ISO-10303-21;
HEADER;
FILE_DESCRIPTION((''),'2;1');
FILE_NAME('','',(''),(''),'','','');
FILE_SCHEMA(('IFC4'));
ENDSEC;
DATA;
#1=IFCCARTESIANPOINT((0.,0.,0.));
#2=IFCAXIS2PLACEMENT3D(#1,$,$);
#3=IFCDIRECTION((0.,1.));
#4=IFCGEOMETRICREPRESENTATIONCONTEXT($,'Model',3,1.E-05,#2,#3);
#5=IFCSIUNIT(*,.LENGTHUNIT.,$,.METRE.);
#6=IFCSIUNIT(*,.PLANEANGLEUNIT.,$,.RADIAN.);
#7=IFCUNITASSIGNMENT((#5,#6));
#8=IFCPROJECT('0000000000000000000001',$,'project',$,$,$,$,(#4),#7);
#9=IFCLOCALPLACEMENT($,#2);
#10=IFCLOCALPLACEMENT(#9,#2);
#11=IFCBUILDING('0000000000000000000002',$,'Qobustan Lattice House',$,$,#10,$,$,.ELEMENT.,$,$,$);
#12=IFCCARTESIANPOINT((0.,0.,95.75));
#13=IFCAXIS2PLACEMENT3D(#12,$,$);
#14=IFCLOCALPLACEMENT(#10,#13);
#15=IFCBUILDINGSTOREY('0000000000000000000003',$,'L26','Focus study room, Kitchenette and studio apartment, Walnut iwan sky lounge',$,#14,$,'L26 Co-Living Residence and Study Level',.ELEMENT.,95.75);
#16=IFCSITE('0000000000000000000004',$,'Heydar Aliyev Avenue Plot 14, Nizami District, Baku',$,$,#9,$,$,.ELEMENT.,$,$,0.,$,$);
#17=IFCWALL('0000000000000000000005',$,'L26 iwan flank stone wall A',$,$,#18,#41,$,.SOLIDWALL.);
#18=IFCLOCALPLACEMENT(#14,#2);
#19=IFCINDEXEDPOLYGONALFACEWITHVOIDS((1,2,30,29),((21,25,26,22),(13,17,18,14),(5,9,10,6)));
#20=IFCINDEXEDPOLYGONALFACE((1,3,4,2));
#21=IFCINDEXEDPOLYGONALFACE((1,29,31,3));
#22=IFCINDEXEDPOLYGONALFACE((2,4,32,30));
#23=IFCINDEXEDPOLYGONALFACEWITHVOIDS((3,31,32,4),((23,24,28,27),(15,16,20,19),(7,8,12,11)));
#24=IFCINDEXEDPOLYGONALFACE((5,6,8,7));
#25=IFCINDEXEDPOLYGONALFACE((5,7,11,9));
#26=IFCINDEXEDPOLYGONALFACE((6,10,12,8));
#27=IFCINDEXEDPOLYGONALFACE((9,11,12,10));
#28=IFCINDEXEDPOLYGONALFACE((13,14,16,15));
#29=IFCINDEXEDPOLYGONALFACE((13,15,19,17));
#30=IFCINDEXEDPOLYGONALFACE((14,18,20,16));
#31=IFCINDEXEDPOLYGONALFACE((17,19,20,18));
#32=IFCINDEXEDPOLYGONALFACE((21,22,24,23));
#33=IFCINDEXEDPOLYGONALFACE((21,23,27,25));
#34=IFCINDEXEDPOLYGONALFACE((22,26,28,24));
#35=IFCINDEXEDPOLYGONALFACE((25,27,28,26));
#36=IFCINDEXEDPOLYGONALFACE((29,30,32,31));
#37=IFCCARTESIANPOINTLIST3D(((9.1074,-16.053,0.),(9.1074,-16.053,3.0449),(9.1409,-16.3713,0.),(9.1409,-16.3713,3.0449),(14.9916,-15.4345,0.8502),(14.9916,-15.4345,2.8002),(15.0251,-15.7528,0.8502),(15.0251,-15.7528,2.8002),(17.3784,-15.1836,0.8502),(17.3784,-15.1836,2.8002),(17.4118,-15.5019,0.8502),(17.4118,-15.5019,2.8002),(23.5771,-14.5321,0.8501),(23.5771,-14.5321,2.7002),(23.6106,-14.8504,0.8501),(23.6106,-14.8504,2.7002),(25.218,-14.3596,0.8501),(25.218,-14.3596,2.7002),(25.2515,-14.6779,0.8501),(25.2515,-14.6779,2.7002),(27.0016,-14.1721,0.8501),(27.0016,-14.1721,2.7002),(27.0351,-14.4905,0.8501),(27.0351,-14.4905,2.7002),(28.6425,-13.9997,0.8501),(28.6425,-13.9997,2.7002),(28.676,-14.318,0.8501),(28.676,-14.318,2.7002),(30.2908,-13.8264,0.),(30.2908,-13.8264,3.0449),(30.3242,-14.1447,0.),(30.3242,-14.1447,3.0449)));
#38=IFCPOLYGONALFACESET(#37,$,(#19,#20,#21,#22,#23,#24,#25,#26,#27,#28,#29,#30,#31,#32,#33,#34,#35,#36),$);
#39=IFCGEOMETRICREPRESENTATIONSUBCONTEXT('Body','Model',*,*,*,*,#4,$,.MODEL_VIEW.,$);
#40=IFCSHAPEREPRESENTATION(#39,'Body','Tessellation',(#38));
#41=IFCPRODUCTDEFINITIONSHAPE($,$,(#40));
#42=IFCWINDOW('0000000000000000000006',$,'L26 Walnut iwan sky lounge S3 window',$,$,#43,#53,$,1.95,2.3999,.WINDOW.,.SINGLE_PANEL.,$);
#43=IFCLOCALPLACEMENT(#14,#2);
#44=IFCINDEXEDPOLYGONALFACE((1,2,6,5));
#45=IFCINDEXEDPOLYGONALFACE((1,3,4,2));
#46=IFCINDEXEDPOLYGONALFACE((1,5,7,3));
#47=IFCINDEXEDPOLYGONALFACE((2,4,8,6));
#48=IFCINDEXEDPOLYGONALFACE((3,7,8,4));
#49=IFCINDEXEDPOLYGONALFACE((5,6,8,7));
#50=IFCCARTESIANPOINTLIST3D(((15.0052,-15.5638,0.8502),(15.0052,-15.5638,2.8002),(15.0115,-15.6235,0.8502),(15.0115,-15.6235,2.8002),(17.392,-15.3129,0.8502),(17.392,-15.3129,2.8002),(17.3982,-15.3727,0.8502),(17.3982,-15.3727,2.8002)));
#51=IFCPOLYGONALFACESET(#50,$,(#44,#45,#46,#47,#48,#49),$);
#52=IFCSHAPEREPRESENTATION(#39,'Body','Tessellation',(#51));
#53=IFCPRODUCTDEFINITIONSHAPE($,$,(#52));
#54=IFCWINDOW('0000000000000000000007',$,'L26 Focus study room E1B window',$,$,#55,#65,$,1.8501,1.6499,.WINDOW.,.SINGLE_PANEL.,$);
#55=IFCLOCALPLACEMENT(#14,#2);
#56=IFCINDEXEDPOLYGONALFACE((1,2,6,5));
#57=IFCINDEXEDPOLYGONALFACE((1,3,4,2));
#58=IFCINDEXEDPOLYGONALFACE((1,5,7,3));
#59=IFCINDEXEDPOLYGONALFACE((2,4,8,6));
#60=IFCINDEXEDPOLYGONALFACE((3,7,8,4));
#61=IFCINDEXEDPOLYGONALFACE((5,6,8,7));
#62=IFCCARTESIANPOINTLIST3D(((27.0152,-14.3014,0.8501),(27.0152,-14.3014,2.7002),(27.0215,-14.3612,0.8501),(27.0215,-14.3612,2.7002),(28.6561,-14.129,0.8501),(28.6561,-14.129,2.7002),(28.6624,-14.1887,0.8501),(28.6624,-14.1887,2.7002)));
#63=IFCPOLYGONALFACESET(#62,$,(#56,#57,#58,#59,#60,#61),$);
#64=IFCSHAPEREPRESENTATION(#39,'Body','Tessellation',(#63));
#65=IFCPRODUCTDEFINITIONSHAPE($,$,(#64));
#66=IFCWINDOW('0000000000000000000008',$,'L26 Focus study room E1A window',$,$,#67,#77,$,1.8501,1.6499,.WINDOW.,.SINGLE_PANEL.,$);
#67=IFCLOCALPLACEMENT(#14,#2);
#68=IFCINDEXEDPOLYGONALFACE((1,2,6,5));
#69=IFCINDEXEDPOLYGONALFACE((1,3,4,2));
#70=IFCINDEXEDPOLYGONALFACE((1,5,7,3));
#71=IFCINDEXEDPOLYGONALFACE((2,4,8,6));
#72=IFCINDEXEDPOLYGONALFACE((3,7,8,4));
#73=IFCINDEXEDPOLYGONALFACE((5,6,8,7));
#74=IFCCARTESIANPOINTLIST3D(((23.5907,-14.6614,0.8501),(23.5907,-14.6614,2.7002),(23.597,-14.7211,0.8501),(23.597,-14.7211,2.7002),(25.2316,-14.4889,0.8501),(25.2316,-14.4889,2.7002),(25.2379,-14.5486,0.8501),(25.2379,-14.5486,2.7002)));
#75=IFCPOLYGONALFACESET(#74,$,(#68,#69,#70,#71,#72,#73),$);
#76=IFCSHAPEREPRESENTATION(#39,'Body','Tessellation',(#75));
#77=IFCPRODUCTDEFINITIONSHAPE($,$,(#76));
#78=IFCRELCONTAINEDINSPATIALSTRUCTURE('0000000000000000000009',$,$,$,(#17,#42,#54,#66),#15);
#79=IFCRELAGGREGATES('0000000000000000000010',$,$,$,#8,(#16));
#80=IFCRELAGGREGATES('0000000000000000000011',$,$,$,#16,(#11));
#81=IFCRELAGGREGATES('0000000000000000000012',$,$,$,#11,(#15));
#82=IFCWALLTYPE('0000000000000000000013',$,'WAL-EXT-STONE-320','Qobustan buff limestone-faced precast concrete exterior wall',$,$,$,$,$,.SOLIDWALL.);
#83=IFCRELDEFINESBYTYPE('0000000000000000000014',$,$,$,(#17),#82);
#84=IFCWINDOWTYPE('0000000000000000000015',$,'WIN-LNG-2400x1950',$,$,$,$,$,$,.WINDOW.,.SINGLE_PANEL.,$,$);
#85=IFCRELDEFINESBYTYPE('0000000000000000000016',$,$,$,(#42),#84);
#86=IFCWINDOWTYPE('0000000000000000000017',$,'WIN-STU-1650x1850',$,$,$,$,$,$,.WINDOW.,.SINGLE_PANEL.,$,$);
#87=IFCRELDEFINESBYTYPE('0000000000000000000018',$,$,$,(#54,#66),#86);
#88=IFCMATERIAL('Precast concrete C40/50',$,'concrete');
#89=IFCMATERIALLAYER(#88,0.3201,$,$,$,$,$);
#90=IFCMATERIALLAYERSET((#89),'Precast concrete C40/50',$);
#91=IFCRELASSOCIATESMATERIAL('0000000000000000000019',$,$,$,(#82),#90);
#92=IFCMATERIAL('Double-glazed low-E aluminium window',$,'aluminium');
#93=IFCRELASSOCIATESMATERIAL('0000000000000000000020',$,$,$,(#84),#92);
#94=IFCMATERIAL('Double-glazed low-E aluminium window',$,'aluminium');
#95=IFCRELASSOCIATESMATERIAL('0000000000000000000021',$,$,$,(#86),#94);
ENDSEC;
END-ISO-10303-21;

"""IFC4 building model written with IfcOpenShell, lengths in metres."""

from ifc_helpers import new_model, si_unit, direction, frame, frame_2d, origin, place, context, subcontext, project, spatial, rectangle, extrude, material, layer, layer_set, type_object, element, fill, save


model = new_model("IFC4")

# Units and contexts
model_context = context("Model", 3, precision=1e-05, world=origin(), true_north=direction((0.0, 1.0)))
body_context = subcontext(model_context, "Body", "Model", "MODEL_VIEW")
ifc_project = project(units=[si_unit("LENGTHUNIT", "METRE"), si_unit("PLANEANGLEUNIT", "RADIAN")], contexts=[model_context])

# Site, building, storey
site_placement = place(None, origin())
site = spatial("IfcSite", under=ifc_project, at=site_placement, Name="Heydar Aliyev Avenue Plot 14, Nizami District, Baku", CompositionType="ELEMENT", RefElevation=0.0)
building_placement = place(site_placement, origin())
building = spatial("IfcBuilding", under=site, at=building_placement, Name="Qobustan Lattice House", CompositionType="ELEMENT")
storey_placement = place(building_placement, frame((0.0, 0.0, 95.75)))
storey = spatial("IfcBuildingStorey", under=building, at=storey_placement, Name="L26", Description="Focus study room, Kitchenette and studio apartment, Walnut iwan sky lounge", LongName="L26 Co-Living Residence and Study Level", CompositionType="ELEMENT", Elevation=95.75)

# Shared definitions
ifc_material_1 = material(Name="Precast concrete C40/50", Category="concrete")
ifc_layer_1 = layer(ifc_material_1, 0.3201)
ifc_layer_set_1 = layer_set([ifc_layer_1], Name="Precast concrete C40/50")
wall_type = type_object("IfcWallType", Name="WAL-EXT-STONE-320", Description="Qobustan buff limestone-faced precast concrete exterior wall", PredefinedType="SOLIDWALL", material=ifc_layer_set_1)

# Wall, openings, windows
wall_1_placement = place(storey_placement, frame((30.3074, -13.9856, 0.0), z_axis=(0.0, 0.0, 1.0), x_axis=(-0.994521, -0.104533, 0.0)))
wall_1 = element("IfcWall", 1, at=wall_1_placement, inside=storey, type_object=wall_type, Name="L26 iwan flank stone wall A", PredefinedType="SOLIDWALL", context=body_context, shape_type="SweptSolid", body=[
    extrude(rectangle(XDim=21.3, YDim=0.3201, at=frame_2d((10.6499, 0.0))), origin(), (0.0, 0.0, 1.0), 3.0449),
])
opening_1_placement = place(wall_1_placement, frame((1.6572, 0.0, 0.8501)))
opening_1 = element("IfcOpeningElement", 2, at=opening_1_placement, cuts=wall_1, PredefinedType="OPENING", context=body_context, shape_type="SweptSolid", body=[
    extrude(rectangle(XDim=1.6499, YDim=1.8501, at=frame_2d((0.825, 0.925))), frame((0.0, 0.1699, 0.0), z_axis=(0.0, -1.0, 0.0), x_axis=(1.0, 0.0, 0.0)), (0.0, 0.0, 1.0), 0.3401),
])
opening_2_placement = place(wall_1_placement, frame((5.1006, 0.0, 0.8501)))
opening_2 = element("IfcOpeningElement", 3, at=opening_2_placement, cuts=wall_1, PredefinedType="OPENING", context=body_context, shape_type="SweptSolid", body=[
    extrude(rectangle(XDim=1.6499, YDim=1.8501, at=frame_2d((0.825, 0.925))), frame((0.0, 0.1699, 0.0), z_axis=(0.0, -1.0, 0.0), x_axis=(1.0, 0.0, 0.0)), (0.0, 0.0, 1.0), 0.3401),
])
opening_3_placement = place(wall_1_placement, frame((12.9834, 0.0, 0.8501)))
opening_3 = element("IfcOpeningElement", 4, at=opening_3_placement, cuts=wall_1, PredefinedType="OPENING", context=body_context, shape_type="SweptSolid", body=[
    extrude(rectangle(XDim=2.3999, YDim=1.95, at=frame_2d((1.2, 0.9751))), frame((0.0, 0.1699, 0.0), z_axis=(0.0, -1.0, 0.0), x_axis=(1.0, 0.0, 0.0)), (0.0, 0.0, 1.0), 0.3401),
])
ifc_material_2 = material(Name="Double-glazed low-E aluminium window", Category="aluminium")
window_type_1 = type_object("IfcWindowType", Name="WIN-LNG-2400x1950", PartitioningType="SINGLE_PANEL", PredefinedType="WINDOW", material=ifc_material_2)
window_1_placement = place(opening_3_placement, origin())
window_1 = element("IfcWindow", 5, at=window_1_placement, inside=storey, type_object=window_type_1, Name="L26 Walnut iwan sky lounge S3 window", OverallHeight=1.95, OverallWidth=2.3999, PartitioningType="SINGLE_PANEL", PredefinedType="WINDOW", context=body_context, shape_type="SweptSolid", body=[
    extrude(rectangle(XDim=2.3999, YDim=1.95, at=frame_2d((1.2, 0.9751))), frame((0.0, 0.03, 0.0), z_axis=(0.0, -1.0, 0.0), x_axis=(1.0, 0.0, 0.0)), (0.0, 0.0, 1.0), 0.0601),
])
fill(opening_3, window_1)
ifc_material_3 = material(Name="Double-glazed low-E aluminium window", Category="aluminium")
window_type_2 = type_object("IfcWindowType", Name="WIN-STU-1650x1850", PartitioningType="SINGLE_PANEL", PredefinedType="WINDOW", material=ifc_material_3)
window_2_placement = place(opening_1_placement, origin())
window_2 = element("IfcWindow", 6, at=window_2_placement, inside=storey, type_object=window_type_2, Name="L26 Focus study room E1B window", OverallHeight=1.8501, OverallWidth=1.6499, PartitioningType="SINGLE_PANEL", PredefinedType="WINDOW", context=body_context, shape_type="SweptSolid", body=[
    extrude(rectangle(XDim=1.6499, YDim=1.8501, at=frame_2d((0.825, 0.925))), frame((0.0, 0.03, 0.0), z_axis=(0.0, -1.0, 0.0), x_axis=(1.0, 0.0, 0.0)), (0.0, 0.0, 1.0), 0.0601),
])
fill(opening_1, window_2)
window_3_placement = place(opening_2_placement, origin())
window_3 = element("IfcWindow", 7, at=window_3_placement, inside=storey, type_object=window_type_2, Name="L26 Focus study room E1A window", OverallHeight=1.8501, OverallWidth=1.6499, PartitioningType="SINGLE_PANEL", PredefinedType="WINDOW", context=body_context, shape_type="SweptSolid", body=[
    extrude(rectangle(XDim=1.6499, YDim=1.8501, at=frame_2d((0.825, 0.925))), frame((0.0, 0.03, 0.0), z_axis=(0.0, -1.0, 0.0), x_axis=(1.0, 0.0, 0.0)), (0.0, 0.0, 1.0), 0.0601),
])
fill(opening_2, window_3)

save(model, "model.ifc")
